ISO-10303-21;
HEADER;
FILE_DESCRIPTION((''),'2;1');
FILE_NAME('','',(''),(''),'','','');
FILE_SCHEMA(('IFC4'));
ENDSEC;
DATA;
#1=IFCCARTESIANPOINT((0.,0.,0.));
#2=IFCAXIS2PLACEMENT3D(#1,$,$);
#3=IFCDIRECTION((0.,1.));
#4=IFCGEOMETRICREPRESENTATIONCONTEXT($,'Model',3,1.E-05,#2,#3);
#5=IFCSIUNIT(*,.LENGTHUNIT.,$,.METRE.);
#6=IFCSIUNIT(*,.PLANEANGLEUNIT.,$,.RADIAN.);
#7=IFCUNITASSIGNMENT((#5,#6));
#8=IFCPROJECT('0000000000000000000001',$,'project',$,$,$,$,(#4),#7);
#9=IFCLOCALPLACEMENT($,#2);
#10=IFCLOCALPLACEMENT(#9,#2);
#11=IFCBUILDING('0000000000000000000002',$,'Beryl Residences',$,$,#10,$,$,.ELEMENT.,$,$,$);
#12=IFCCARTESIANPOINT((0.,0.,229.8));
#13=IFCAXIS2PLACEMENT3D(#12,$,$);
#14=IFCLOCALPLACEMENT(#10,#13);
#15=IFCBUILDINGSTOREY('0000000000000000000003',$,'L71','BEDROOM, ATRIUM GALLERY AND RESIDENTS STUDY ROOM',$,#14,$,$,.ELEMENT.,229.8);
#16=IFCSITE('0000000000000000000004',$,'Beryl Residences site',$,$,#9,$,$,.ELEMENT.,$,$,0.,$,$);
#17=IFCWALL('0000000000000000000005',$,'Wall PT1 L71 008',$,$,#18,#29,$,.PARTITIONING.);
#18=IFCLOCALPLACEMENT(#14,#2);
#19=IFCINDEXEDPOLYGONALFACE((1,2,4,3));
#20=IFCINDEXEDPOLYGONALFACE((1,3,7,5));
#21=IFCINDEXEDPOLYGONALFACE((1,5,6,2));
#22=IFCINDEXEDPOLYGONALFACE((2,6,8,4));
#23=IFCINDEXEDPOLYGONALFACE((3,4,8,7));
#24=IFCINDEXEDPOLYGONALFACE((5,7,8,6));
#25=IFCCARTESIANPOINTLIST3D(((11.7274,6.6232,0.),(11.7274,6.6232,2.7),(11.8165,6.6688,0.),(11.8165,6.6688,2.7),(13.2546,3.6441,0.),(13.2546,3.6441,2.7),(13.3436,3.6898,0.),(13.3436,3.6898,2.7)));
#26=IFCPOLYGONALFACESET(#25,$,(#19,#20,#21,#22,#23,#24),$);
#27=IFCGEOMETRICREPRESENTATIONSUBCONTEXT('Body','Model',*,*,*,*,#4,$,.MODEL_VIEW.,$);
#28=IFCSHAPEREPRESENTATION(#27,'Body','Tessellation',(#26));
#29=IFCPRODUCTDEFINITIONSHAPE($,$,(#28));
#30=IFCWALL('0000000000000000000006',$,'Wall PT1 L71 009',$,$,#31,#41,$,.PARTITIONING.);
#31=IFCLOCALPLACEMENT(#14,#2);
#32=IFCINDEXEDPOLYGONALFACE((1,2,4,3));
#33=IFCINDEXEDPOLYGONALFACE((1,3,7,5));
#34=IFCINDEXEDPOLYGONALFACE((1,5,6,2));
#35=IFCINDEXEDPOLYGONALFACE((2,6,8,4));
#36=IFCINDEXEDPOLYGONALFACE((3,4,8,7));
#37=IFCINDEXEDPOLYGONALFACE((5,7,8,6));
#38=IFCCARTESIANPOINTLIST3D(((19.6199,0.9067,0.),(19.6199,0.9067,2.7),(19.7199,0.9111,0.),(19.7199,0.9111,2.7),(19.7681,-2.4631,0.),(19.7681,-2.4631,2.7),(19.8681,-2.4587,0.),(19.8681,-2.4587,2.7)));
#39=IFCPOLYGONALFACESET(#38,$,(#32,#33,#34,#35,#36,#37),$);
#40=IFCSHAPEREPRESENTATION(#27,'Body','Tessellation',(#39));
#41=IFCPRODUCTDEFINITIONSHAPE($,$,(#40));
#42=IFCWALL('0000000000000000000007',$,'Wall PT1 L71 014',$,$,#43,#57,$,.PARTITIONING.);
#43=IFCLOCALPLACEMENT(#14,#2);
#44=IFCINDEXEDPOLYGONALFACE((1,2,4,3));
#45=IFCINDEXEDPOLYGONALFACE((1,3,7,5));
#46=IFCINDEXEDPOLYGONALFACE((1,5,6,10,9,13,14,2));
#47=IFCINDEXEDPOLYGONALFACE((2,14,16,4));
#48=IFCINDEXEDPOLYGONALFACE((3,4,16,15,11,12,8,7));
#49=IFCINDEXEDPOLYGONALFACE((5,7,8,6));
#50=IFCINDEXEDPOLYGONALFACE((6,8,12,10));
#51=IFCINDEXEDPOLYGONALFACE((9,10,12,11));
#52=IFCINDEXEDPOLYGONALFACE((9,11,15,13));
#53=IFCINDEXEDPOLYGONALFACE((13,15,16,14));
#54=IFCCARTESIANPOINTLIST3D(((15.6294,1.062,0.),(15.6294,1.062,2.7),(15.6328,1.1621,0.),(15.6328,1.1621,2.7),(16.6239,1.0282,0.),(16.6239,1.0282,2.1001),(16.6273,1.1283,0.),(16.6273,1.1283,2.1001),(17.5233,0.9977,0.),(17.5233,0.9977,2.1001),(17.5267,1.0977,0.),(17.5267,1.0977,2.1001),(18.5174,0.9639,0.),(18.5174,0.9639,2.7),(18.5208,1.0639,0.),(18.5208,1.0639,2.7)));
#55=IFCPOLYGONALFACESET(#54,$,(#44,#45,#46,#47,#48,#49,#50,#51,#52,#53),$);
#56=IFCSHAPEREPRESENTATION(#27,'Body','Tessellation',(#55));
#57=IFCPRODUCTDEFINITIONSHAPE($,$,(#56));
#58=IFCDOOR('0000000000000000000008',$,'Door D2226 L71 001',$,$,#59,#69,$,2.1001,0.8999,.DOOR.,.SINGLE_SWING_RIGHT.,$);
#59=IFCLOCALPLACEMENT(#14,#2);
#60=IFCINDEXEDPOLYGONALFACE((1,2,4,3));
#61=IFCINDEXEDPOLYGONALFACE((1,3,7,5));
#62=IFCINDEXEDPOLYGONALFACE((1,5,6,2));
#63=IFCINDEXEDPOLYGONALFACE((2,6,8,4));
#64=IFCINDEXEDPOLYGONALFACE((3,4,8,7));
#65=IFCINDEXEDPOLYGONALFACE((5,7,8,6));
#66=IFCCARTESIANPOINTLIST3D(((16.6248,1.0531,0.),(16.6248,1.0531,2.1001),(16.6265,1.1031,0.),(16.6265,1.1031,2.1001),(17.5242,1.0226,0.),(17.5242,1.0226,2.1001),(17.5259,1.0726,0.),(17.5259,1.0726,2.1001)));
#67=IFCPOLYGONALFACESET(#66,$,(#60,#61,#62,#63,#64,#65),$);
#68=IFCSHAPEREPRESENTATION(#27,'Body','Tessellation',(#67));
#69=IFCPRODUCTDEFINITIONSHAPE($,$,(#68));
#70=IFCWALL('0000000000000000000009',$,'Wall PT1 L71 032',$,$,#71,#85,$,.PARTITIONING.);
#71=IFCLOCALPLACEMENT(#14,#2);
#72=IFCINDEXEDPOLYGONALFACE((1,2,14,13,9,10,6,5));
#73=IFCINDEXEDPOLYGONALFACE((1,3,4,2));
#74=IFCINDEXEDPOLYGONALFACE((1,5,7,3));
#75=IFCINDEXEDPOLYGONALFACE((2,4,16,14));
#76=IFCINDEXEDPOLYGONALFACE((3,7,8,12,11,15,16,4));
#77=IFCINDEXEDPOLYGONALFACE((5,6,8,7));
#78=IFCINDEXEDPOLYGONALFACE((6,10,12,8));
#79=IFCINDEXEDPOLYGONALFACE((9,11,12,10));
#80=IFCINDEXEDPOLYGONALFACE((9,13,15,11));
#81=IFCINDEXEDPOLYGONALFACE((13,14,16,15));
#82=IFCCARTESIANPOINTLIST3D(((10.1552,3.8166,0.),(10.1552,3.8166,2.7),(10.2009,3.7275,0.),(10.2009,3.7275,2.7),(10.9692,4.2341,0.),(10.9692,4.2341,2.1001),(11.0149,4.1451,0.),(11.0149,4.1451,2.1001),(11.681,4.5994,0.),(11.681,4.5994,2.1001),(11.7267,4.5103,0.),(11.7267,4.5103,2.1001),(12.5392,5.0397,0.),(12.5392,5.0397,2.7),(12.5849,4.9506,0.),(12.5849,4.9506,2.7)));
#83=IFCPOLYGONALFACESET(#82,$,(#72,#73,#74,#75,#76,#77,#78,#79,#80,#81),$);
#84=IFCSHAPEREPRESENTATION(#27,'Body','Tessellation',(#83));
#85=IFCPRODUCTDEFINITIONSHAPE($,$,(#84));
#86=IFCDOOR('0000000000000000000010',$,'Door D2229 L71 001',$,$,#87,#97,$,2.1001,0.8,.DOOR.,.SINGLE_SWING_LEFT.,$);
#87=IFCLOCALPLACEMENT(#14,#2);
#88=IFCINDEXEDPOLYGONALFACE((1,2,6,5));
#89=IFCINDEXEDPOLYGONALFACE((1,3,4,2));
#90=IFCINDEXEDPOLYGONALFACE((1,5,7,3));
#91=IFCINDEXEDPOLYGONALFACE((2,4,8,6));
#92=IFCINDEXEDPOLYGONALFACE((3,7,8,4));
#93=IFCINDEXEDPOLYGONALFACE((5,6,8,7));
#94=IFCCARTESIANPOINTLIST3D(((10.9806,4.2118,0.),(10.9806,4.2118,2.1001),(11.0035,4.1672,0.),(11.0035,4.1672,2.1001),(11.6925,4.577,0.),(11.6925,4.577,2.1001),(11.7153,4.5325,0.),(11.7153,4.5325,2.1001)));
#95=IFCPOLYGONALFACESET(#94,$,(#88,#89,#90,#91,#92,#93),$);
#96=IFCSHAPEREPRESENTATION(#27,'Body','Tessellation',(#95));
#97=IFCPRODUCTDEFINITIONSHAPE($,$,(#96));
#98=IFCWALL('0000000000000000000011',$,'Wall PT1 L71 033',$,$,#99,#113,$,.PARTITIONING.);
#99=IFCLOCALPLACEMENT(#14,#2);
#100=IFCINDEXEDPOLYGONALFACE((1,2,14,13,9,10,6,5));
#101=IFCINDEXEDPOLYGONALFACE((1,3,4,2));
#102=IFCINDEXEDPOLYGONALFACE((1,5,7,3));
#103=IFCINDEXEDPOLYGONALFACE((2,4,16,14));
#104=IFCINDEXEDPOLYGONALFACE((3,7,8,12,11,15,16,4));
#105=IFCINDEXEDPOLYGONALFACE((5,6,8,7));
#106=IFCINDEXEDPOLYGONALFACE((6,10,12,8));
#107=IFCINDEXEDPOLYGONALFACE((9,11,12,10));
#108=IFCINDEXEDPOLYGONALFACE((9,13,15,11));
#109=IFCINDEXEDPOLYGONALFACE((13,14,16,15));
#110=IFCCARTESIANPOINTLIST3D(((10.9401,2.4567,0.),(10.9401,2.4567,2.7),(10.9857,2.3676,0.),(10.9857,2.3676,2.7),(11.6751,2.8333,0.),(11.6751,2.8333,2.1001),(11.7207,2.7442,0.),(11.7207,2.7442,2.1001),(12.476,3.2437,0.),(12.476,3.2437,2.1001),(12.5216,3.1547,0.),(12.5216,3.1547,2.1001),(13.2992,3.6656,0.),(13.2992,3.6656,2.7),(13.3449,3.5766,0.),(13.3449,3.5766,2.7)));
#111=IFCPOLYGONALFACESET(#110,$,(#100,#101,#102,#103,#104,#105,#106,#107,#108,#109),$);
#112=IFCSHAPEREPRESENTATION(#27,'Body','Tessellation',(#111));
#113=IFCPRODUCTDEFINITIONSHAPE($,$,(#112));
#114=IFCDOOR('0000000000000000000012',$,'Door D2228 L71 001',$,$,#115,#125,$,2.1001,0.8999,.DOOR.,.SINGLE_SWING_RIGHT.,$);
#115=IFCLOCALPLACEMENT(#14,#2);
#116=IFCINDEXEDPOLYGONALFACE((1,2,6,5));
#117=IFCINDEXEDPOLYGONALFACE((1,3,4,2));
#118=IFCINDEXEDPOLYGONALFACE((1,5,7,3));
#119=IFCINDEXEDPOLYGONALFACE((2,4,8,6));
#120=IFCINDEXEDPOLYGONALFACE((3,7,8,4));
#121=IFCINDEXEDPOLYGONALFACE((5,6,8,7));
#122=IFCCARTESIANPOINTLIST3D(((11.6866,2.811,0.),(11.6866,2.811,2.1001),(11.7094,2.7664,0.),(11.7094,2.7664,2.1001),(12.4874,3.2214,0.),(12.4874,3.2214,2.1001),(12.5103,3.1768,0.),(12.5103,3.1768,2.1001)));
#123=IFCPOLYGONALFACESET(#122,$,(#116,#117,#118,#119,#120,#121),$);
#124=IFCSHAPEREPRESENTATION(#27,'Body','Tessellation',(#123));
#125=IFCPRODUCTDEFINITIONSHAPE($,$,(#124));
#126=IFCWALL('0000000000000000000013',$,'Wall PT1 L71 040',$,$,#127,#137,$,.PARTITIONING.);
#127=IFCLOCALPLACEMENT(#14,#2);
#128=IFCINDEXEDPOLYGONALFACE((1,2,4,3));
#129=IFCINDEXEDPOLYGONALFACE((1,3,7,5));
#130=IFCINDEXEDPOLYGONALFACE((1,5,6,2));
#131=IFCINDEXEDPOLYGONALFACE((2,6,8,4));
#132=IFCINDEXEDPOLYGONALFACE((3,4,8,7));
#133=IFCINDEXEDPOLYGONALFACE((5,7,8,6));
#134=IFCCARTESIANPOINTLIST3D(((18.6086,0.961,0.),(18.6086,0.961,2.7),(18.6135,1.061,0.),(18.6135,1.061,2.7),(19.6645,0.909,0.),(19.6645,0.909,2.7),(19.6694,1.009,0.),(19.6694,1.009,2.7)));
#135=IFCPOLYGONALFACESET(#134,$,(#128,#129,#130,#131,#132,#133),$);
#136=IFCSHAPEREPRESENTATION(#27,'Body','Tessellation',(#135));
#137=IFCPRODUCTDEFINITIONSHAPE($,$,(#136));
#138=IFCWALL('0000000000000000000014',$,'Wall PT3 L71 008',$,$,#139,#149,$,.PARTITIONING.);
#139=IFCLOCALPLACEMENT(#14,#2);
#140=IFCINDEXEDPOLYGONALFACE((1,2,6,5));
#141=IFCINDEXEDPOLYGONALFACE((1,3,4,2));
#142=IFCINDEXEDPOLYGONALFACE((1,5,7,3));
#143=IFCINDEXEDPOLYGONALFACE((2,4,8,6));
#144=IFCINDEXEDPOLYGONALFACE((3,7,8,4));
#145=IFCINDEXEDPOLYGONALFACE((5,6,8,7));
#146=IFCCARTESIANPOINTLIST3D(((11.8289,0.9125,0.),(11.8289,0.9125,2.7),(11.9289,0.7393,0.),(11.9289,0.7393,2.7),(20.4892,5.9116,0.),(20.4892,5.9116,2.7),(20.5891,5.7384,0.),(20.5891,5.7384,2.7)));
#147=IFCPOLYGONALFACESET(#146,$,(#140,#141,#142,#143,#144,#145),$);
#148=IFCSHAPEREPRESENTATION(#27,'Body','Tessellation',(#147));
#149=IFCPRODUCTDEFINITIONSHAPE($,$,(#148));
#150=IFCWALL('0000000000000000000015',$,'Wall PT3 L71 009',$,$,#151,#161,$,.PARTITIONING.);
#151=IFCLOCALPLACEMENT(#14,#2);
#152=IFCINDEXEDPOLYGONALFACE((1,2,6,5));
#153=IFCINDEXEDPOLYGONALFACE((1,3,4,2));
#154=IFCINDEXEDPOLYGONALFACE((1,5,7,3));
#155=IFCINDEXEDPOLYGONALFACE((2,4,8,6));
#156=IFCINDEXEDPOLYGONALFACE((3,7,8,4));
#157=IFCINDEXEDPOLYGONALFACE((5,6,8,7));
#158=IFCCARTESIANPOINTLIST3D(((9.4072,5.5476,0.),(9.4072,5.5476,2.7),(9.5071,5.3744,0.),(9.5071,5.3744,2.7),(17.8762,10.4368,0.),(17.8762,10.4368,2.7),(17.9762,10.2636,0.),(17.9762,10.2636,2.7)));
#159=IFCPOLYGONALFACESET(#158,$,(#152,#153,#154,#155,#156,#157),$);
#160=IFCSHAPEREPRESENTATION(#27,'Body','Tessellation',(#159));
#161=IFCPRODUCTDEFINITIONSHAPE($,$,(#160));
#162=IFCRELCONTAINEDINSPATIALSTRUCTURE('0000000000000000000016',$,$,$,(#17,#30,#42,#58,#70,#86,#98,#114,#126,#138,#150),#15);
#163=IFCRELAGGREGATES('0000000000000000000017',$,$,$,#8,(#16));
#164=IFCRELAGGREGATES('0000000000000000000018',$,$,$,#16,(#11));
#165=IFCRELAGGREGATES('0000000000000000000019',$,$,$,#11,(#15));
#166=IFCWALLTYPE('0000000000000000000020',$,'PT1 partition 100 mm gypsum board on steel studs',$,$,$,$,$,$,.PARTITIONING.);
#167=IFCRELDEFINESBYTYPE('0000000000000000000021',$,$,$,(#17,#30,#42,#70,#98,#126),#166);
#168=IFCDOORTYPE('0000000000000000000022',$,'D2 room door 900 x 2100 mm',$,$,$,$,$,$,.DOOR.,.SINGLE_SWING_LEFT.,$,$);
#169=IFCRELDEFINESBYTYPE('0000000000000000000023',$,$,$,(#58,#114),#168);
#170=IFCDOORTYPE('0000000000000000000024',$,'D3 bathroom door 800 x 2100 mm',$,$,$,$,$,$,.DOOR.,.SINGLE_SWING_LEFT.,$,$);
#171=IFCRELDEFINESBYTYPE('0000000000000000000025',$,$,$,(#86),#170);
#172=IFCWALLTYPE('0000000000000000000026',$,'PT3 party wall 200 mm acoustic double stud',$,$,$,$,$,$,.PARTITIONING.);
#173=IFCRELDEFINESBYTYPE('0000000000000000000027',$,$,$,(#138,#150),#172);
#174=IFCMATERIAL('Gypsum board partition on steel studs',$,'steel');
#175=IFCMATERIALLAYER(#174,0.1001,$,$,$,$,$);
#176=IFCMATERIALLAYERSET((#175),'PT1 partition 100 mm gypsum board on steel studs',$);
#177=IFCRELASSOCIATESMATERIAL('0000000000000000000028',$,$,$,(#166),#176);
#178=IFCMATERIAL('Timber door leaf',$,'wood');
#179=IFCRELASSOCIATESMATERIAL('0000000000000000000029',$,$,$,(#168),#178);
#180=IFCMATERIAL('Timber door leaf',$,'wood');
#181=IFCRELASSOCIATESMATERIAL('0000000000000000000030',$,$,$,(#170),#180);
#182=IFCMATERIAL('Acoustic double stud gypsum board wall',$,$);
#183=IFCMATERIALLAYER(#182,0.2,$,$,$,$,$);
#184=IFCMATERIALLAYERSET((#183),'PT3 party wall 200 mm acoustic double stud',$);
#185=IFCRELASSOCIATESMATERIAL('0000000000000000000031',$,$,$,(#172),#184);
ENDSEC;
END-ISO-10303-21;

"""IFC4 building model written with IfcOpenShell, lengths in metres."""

from ifc_helpers import new_model, si_unit, direction, frame, frame_2d, origin, place, context, subcontext, project, spatial, rectangle, extrude, material, layer, layer_set, type_object, element, fill, save


model = new_model("IFC4")

# Units and contexts
model_context = context("Model", 3, precision=1e-05, world=origin(), true_north=direction((0.0, 1.0)))
body_context = subcontext(model_context, "Body", "Model", "MODEL_VIEW")
ifc_project = project(units=[si_unit("LENGTHUNIT", "METRE"), si_unit("PLANEANGLEUNIT", "RADIAN")], contexts=[model_context])

# Site, building, storey
site_placement = place(None, origin())
site = spatial("IfcSite", under=ifc_project, at=site_placement, Name="Beryl Residences site", CompositionType="ELEMENT", RefElevation=0.0)
building_placement = place(site_placement, origin())
building = spatial("IfcBuilding", under=site, at=building_placement, Name="Beryl Residences", CompositionType="ELEMENT")
storey_placement = place(building_placement, frame((0.0, 0.0, 229.8)))
storey = spatial("IfcBuildingStorey", under=building, at=storey_placement, Name="L71", Description="BEDROOM, ATRIUM GALLERY AND RESIDENTS STUDY ROOM", CompositionType="ELEMENT", Elevation=229.8)

# Walls
ifc_material_1 = material(Name="Gypsum board partition on steel studs", Category="steel")
ifc_layer_1 = layer(ifc_material_1, 0.1001)
ifc_layer_set_1 = layer_set([ifc_layer_1], Name="PT1 partition 100 mm gypsum board on steel studs")
wall_type_1 = type_object("IfcWallType", Name="PT1 partition 100 mm gypsum board on steel studs", PredefinedType="PARTITIONING", material=ifc_layer_set_1)
wall_1_placement = place(storey_placement, frame((11.772, 6.646, 0.0), z_axis=(0.0, 0.0, 1.0), x_axis=(0.456176, -0.88989, 0.0)))
element("IfcWall", 1, at=wall_1_placement, inside=storey, type_object=wall_type_1, Name="Wall PT1 L71 008", PredefinedType="PARTITIONING", context=body_context, shape_type="SweptSolid", body=[
    extrude(rectangle(XDim=3.3477, YDim=0.1001, at=frame_2d((1.6738, 0.0))), origin(), (0.0, 0.0, 1.0), 2.7),
])
wall_2_placement = place(storey_placement, frame((19.6699, 0.9089, 0.0), z_axis=(0.0, 0.0, 1.0), x_axis=(0.043933, -0.999034, 0.0)))
element("IfcWall", 2, at=wall_2_placement, inside=storey, type_object=wall_type_1, Name="Wall PT1 L71 009", PredefinedType="PARTITIONING", context=body_context, shape_type="SweptSolid", body=[
    extrude(rectangle(XDim=3.373, YDim=0.1001, at=frame_2d((1.6865, 0.0))), origin(), (0.0, 0.0, 1.0), 2.7),
])

# Walls, openings, doors
wall_3_placement = place(storey_placement, frame((15.6311, 1.1121, 0.0), z_axis=(0.0, 0.0, 1.0), x_axis=(0.999423, -0.033965, 0.0)))
wall_3 = element("IfcWall", 3, at=wall_3_placement, inside=storey, type_object=wall_type_1, Name="Wall PT1 L71 014", PredefinedType="PARTITIONING", context=body_context, shape_type="SweptSolid", body=[
    extrude(rectangle(XDim=2.8896, YDim=0.1001, at=frame_2d((1.4448, 0.0))), origin(), (0.0, 0.0, 1.0), 2.7),
])
opening_1_placement = place(wall_3_placement, frame((0.9951, 0.0, 0.0)))
opening_1 = element("IfcOpeningElement", 4, at=opening_1_placement, cuts=wall_3, PredefinedType="OPENING", context=body_context, shape_type="SweptSolid", body=[
    extrude(rectangle(XDim=0.8999, YDim=2.1001, at=frame_2d((0.45, 1.05))), frame((0.0, 0.0601, 0.0), z_axis=(0.0, -1.0, 0.0), x_axis=(1.0, 0.0, 0.0)), (0.0, 0.0, 1.0), 0.1201),
])
ifc_material_2 = material(Name="Timber door leaf", Category="wood")
door_type_1 = type_object("IfcDoorType", Name="D2 room door 900 x 2100 mm", OperationType="SINGLE_SWING_LEFT", PredefinedType="DOOR", material=ifc_material_2)
door_1_placement = place(opening_1_placement, origin())
door_1 = element("IfcDoor", 5, at=door_1_placement, inside=storey, type_object=door_type_1, Name="Door D2226 L71 001", OperationType="SINGLE_SWING_RIGHT", OverallHeight=2.1001, OverallWidth=0.8999, PredefinedType="DOOR", context=body_context, shape_type="SweptSolid", body=[
    extrude(rectangle(XDim=0.8999, YDim=2.1001, at=frame_2d((0.45, 1.05))), frame((0.0, 0.0249, 0.0), z_axis=(0.0, -1.0, 0.0), x_axis=(1.0, 0.0, 0.0)), (0.0, 0.0, 1.0), 0.05),
])
fill(opening_1, door_1)
wall_4_placement = place(storey_placement, frame((10.178, 3.772, 0.0), z_axis=(0.0, 0.0, 1.0), x_axis=(0.889732, 0.456483, 0.0)))
wall_4 = element("IfcWall", 6, at=wall_4_placement, inside=storey, type_object=wall_type_1, Name="Wall PT1 L71 032", PredefinedType="PARTITIONING", context=body_context, shape_type="SweptSolid", body=[
    extrude(rectangle(XDim=2.6794, YDim=0.1001, at=frame_2d((1.3398, 0.0))), origin(), (0.0, 0.0, 1.0), 2.7),
])
opening_2_placement = place(wall_4_placement, frame((0.915, 0.0, 0.0)))
opening_2 = element("IfcOpeningElement", 7, at=opening_2_placement, cuts=wall_4, PredefinedType="OPENING", context=body_context, shape_type="SweptSolid", body=[
    extrude(rectangle(XDim=0.8, YDim=2.1001, at=frame_2d((0.3999, 1.05))), frame((0.0, 0.0601, 0.0), z_axis=(0.0, -1.0, 0.0), x_axis=(1.0, 0.0, 0.0)), (0.0, 0.0, 1.0), 0.1201),
])
ifc_material_3 = material(Name="Timber door leaf", Category="wood")
door_type_2 = type_object("IfcDoorType", Name="D3 bathroom door 800 x 2100 mm", OperationType="SINGLE_SWING_LEFT", PredefinedType="DOOR", material=ifc_material_3)
door_2_placement = place(opening_2_placement, origin())
door_2 = element("IfcDoor", 8, at=door_2_placement, inside=storey, type_object=door_type_2, Name="Door D2229 L71 001", OperationType="SINGLE_SWING_LEFT", OverallHeight=2.1001, OverallWidth=0.8, PredefinedType="DOOR", context=body_context, shape_type="SweptSolid", body=[
    extrude(rectangle(XDim=0.8, YDim=2.1001, at=frame_2d((0.3999, 1.05))), frame((0.0, 0.0249, 0.0), z_axis=(0.0, -1.0, 0.0), x_axis=(1.0, 0.0, 0.0)), (0.0, 0.0, 1.0), 0.05),
])
fill(opening_2, door_2)
wall_5_placement = place(storey_placement, frame((10.9629, 2.4121, 0.0), z_axis=(0.0, 0.0, 1.0), x_axis=(0.889944, 0.45607, 0.0)))
wall_5 = element("IfcWall", 9, at=wall_5_placement, inside=storey, type_object=wall_type_1, Name="Wall PT1 L71 033", PredefinedType="PARTITIONING", context=body_context, shape_type="SweptSolid", body=[
    extrude(rectangle(XDim=2.6509, YDim=0.1001, at=frame_2d((1.3254, 0.0))), origin(), (0.0, 0.0, 1.0), 2.7),
])
opening_3_placement = place(wall_5_placement, frame((0.8259, 0.0, 0.0)))
opening_3 = element("IfcOpeningElement", 10, at=opening_3_placement, cuts=wall_5, PredefinedType="OPENING", context=body_context, shape_type="SweptSolid", body=[
    extrude(rectangle(XDim=0.8999, YDim=2.1001, at=frame_2d((0.45, 1.05))), frame((0.0, 0.0601, 0.0), z_axis=(0.0, -1.0, 0.0), x_axis=(1.0, 0.0, 0.0)), (0.0, 0.0, 1.0), 0.1201),
])
door_3_placement = place(opening_3_placement, origin())
door_3 = element("IfcDoor", 11, at=door_3_placement, inside=storey, type_object=door_type_1, Name="Door D2228 L71 001", OperationType="SINGLE_SWING_RIGHT", OverallHeight=2.1001, OverallWidth=0.8999, PredefinedType="DOOR", context=body_context, shape_type="SweptSolid", body=[
    extrude(rectangle(XDim=0.8999, YDim=2.1001, at=frame_2d((0.45, 1.05))), frame((0.0, 0.0249, 0.0), z_axis=(0.0, -1.0, 0.0), x_axis=(1.0, 0.0, 0.0)), (0.0, 0.0, 1.0), 0.05),
])
fill(opening_3, door_3)

# Walls
wall_6_placement = place(storey_placement, frame((18.6111, 1.011, 0.0), z_axis=(0.0, 0.0, 1.0), x_axis=(0.998789, -0.049189, 0.0)))
element("IfcWall", 12, at=wall_6_placement, inside=storey, type_object=wall_type_1, Name="Wall PT1 L71 040", PredefinedType="PARTITIONING", context=body_context, shape_type="SweptSolid", body=[
    extrude(rectangle(XDim=1.0571, YDim=0.1001, at=frame_2d((0.5286, 0.0))), origin(), (0.0, 0.0, 1.0), 2.7),
])
ifc_material_4 = material(Name="Acoustic double stud gypsum board wall")
ifc_layer_2 = layer(ifc_material_4, 0.2)
ifc_layer_set_2 = layer_set([ifc_layer_2], Name="PT3 party wall 200 mm acoustic double stud")
wall_type_2 = type_object("IfcWallType", Name="PT3 party wall 200 mm acoustic double stud", PredefinedType="PARTITIONING", material=ifc_layer_set_2)
wall_7_placement = place(storey_placement, frame((11.8789, 0.8259, 0.0), z_axis=(0.0, 0.0, 1.0), x_axis=(0.866065, 0.499931, 0.0)))
element("IfcWall", 13, at=wall_7_placement, inside=storey, type_object=wall_type_2, Name="Wall PT3 L71 008", PredefinedType="PARTITIONING", context=body_context, shape_type="SweptSolid", body=[
    extrude(rectangle(XDim=9.9995, YDim=0.2, at=frame_2d((4.9998, 0.0))), origin(), (0.0, 0.0, 1.0), 2.7),
])
wall_8_placement = place(storey_placement, frame((9.457, 5.4609, 0.0), z_axis=(0.0, 0.0, 1.0), x_axis=(0.866044, 0.499968, 0.0)))
element("IfcWall", 14, at=wall_8_placement, inside=storey, type_object=wall_type_2, Name="Wall PT3 L71 009", PredefinedType="PARTITIONING", context=body_context, shape_type="SweptSolid", body=[
    extrude(rectangle(XDim=9.7791, YDim=0.2, at=frame_2d((4.8896, 0.0))), origin(), (0.0, 0.0, 1.0), 2.7),
])

save(model, "model.ifc")
